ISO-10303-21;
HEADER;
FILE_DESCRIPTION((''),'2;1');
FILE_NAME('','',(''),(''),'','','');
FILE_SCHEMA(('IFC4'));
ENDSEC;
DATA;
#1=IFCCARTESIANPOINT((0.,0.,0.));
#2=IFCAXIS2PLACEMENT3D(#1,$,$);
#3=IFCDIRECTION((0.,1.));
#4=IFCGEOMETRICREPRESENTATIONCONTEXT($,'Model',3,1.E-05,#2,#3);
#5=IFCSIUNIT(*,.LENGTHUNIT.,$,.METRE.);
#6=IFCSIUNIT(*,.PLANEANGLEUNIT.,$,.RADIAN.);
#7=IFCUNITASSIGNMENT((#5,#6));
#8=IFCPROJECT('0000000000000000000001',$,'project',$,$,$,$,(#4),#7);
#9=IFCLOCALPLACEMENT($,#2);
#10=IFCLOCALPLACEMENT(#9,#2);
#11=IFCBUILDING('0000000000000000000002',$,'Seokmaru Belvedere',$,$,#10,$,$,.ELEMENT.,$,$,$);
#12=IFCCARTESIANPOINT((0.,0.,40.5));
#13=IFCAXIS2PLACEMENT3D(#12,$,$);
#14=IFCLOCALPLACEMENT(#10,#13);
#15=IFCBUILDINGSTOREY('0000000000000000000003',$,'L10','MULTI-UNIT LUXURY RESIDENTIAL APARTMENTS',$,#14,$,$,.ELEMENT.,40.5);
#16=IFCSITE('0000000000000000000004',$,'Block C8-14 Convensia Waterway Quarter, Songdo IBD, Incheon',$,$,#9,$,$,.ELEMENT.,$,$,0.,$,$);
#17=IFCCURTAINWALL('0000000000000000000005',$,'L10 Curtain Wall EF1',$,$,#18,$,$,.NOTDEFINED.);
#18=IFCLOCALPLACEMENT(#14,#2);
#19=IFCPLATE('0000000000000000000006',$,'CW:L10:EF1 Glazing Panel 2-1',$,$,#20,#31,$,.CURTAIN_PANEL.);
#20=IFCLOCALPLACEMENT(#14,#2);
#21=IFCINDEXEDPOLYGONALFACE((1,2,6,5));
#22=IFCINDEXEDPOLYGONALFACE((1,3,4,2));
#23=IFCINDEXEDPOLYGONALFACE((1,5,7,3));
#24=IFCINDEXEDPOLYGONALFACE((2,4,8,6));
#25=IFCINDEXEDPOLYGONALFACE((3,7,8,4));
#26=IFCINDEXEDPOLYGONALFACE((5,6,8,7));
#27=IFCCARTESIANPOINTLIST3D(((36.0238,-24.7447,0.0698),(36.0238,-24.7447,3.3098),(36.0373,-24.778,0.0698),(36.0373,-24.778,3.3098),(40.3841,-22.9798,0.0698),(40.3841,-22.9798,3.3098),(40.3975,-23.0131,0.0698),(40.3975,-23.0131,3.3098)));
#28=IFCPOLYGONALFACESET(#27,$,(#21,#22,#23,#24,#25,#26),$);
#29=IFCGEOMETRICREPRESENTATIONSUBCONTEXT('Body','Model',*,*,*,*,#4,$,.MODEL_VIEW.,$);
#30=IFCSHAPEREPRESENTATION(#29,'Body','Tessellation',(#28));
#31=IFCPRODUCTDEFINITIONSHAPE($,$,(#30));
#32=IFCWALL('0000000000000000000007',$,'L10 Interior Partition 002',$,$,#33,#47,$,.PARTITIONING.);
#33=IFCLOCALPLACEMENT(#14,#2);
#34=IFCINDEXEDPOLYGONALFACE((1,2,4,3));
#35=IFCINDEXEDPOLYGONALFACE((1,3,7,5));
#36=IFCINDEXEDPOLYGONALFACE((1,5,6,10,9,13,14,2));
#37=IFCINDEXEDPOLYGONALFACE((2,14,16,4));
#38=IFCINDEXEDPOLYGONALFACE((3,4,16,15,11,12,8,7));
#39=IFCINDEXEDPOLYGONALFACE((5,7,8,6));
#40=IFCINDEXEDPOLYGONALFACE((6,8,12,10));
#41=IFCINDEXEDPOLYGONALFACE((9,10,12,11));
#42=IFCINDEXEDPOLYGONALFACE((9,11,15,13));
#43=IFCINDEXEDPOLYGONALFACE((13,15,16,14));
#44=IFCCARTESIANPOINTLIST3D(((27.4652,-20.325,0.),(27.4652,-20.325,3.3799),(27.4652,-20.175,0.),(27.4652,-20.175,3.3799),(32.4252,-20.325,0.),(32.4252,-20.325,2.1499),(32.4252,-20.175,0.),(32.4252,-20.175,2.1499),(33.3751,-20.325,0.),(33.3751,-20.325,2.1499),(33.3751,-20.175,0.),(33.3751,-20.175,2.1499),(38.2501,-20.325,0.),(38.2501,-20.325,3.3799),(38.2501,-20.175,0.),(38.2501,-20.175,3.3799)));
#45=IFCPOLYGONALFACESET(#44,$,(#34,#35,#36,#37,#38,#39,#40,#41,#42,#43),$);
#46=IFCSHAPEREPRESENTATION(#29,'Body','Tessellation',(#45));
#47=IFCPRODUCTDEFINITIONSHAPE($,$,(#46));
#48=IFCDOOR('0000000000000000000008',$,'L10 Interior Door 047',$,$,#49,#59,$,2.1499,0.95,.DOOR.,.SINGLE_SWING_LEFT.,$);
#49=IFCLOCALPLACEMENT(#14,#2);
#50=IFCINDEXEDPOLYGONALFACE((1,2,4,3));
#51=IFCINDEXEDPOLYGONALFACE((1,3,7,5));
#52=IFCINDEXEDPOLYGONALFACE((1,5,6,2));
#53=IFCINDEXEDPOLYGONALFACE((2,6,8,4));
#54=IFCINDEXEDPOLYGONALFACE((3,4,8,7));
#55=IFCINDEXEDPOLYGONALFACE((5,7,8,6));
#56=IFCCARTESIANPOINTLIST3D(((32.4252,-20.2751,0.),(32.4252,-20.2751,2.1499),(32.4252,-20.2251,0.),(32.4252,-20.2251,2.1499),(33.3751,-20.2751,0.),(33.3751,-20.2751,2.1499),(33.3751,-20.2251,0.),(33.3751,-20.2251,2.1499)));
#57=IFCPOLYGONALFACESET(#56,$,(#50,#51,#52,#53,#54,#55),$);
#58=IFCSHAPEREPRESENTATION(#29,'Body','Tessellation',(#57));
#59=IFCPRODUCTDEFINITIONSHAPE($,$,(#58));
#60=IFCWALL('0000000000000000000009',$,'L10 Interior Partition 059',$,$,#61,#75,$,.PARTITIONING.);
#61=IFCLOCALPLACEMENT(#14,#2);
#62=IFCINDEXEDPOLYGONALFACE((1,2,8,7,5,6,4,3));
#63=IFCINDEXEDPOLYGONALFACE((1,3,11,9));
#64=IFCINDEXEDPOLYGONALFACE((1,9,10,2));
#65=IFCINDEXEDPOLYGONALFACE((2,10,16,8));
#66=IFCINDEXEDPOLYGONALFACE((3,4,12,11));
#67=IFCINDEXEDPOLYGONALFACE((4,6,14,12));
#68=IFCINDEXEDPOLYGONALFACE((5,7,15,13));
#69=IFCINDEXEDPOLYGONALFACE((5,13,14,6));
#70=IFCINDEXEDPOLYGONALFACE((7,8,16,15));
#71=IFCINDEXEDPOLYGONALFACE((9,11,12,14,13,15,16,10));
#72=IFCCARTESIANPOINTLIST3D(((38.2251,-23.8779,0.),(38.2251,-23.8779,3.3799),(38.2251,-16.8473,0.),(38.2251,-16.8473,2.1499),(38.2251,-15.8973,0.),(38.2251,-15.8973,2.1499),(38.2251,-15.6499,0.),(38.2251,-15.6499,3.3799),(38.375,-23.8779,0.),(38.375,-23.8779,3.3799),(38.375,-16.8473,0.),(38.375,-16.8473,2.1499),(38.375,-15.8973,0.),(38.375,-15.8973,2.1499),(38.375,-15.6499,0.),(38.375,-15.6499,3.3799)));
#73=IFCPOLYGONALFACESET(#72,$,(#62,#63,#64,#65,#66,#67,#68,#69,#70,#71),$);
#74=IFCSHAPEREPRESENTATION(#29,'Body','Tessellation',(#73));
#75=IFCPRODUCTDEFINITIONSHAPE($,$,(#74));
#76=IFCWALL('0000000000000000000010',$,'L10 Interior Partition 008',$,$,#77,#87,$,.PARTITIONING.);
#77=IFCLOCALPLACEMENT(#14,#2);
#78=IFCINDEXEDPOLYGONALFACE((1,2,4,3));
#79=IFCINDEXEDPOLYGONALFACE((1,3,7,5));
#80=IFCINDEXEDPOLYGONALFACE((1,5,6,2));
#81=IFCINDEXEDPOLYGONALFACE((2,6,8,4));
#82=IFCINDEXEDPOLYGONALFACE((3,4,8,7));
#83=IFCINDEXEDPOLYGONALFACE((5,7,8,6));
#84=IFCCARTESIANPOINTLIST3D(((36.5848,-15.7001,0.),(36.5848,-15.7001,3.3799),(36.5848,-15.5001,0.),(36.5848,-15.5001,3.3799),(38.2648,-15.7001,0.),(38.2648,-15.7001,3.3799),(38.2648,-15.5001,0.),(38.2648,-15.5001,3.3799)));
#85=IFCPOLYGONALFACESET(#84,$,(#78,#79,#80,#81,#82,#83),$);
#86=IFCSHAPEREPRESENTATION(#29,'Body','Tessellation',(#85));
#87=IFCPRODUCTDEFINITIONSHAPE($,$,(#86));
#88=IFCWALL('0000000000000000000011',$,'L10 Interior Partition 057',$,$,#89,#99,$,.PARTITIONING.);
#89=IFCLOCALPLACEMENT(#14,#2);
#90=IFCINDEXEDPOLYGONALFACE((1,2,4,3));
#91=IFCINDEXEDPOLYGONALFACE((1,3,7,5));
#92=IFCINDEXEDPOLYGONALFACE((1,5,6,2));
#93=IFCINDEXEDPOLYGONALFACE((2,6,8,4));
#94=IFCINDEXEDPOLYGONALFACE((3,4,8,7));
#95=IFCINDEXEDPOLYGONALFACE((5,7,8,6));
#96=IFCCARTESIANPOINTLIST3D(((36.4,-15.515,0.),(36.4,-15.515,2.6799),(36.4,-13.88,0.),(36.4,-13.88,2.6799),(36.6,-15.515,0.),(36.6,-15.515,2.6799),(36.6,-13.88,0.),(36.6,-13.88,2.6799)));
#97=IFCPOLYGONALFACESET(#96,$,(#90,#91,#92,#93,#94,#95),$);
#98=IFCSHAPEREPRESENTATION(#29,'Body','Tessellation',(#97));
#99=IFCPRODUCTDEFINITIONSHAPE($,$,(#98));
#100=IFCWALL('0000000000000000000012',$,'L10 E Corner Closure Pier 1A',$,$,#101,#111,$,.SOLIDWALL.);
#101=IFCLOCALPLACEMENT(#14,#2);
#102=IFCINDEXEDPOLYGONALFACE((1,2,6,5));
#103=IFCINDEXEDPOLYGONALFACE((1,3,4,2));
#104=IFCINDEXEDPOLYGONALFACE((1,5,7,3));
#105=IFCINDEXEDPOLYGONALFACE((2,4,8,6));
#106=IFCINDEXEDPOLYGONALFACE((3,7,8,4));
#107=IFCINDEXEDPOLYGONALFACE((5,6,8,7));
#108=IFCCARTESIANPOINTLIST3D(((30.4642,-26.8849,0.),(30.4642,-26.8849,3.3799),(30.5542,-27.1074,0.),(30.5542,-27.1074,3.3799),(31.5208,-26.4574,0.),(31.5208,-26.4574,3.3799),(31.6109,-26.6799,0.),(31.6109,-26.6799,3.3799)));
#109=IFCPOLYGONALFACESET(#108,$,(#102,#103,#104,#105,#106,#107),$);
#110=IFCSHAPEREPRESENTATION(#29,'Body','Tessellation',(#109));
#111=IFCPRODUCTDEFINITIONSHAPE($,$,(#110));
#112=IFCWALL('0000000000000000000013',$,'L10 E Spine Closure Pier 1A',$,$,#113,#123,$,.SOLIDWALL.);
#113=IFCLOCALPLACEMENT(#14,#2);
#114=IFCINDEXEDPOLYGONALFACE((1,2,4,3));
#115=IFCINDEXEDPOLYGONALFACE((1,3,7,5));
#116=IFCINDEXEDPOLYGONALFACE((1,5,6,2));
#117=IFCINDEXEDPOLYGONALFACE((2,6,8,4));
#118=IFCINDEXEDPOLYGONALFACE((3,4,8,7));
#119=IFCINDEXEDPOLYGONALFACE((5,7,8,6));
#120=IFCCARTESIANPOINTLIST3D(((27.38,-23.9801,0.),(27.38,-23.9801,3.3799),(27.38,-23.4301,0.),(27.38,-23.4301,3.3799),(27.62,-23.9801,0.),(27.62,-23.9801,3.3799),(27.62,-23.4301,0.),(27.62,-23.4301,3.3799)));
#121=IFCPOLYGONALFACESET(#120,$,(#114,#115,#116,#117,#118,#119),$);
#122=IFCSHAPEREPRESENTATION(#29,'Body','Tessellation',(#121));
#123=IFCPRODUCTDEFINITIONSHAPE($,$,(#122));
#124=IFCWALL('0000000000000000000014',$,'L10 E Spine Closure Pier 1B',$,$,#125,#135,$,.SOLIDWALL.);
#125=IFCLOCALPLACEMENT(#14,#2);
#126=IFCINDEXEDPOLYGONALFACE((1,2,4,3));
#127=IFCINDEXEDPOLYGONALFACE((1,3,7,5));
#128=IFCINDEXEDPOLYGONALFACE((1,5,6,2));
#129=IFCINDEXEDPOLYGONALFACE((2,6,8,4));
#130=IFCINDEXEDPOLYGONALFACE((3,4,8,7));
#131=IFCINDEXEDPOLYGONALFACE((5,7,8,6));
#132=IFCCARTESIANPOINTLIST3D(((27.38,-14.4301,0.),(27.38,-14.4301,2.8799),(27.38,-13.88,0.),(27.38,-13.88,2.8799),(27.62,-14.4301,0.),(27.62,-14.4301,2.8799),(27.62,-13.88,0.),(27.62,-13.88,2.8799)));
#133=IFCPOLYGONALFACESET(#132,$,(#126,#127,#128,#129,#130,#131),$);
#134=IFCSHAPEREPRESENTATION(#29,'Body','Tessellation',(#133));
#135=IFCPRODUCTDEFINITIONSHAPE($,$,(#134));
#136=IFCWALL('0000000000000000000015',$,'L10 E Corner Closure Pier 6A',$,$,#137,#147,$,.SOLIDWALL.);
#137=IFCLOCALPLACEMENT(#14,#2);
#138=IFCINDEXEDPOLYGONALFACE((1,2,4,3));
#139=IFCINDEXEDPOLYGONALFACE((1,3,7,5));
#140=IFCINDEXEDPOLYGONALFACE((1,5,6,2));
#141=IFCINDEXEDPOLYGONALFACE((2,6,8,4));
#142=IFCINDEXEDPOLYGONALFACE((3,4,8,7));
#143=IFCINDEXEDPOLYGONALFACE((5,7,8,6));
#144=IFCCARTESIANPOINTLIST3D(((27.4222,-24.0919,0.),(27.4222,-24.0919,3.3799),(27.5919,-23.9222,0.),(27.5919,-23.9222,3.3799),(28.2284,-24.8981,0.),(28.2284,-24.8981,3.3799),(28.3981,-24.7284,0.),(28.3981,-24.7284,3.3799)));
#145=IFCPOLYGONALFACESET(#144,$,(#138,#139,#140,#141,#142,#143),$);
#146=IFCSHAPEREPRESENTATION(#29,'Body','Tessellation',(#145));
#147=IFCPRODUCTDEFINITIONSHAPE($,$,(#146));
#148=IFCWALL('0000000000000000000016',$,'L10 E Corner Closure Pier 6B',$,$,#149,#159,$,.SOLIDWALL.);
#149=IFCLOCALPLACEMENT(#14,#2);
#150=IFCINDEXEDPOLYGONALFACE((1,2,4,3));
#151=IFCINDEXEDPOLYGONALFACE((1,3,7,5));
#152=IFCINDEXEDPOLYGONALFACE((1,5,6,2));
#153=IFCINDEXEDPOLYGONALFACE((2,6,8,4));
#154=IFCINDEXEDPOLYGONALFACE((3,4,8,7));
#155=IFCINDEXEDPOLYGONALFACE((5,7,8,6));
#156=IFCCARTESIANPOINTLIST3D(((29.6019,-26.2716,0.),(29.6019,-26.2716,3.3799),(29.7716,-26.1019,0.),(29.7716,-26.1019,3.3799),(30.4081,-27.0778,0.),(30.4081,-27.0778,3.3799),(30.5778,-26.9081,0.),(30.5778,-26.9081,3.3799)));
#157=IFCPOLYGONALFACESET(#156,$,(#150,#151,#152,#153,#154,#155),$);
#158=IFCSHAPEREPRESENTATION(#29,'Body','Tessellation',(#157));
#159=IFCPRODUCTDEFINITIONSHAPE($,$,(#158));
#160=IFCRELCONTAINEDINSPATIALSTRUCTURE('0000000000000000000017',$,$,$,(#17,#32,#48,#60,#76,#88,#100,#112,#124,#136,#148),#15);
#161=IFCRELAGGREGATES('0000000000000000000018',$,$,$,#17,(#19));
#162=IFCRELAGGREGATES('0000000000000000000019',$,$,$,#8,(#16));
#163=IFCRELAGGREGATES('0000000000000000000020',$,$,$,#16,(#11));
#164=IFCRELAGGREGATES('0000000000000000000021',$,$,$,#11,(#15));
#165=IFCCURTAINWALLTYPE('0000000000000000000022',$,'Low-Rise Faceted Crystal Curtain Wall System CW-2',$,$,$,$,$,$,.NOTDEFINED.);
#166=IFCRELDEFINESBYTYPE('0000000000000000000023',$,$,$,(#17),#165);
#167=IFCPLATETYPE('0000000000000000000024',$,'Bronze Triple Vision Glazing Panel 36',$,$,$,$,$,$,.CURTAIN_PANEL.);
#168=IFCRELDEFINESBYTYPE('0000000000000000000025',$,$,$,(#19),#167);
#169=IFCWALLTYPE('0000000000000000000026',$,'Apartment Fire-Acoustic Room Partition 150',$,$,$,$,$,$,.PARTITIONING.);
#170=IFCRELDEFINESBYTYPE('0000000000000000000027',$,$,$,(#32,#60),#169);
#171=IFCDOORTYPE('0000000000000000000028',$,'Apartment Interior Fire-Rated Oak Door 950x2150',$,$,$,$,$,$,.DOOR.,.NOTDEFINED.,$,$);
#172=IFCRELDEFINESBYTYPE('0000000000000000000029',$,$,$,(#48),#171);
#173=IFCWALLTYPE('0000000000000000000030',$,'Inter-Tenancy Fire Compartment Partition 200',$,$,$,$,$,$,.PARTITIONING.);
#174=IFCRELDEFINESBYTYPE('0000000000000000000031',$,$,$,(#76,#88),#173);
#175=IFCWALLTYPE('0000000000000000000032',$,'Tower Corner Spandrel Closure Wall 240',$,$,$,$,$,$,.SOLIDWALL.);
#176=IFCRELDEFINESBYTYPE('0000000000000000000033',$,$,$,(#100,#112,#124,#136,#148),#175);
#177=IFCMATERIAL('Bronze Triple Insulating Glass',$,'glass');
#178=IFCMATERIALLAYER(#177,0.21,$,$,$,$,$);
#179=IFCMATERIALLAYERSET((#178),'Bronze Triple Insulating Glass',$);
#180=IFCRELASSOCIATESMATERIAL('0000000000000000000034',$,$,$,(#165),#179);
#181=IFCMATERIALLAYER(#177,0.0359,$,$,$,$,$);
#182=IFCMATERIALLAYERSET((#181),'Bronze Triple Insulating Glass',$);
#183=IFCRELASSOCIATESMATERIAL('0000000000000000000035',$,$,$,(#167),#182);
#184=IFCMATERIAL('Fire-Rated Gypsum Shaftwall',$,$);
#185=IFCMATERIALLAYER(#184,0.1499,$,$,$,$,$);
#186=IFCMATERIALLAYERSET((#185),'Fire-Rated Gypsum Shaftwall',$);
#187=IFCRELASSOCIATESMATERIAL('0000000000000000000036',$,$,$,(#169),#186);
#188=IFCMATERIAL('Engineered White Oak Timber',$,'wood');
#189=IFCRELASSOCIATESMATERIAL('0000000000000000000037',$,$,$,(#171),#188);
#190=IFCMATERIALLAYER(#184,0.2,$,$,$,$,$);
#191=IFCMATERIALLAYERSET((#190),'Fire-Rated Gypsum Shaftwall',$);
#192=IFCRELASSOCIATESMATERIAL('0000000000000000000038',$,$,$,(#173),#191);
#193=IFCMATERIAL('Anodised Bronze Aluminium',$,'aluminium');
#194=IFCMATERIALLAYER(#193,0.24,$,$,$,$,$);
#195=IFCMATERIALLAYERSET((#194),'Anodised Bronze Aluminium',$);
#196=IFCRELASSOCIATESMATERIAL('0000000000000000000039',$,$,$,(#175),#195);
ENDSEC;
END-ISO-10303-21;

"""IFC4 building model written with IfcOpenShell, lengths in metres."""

from ifc_helpers import new_model, si_unit, direction, frame, frame_2d, origin, origin_2d, place, context, subcontext, project, spatial, rectangle, extrude, source, transform, mapped, material, layer, layer_set, type_object, type_shapes, element, fill, aggregate, save


model = new_model("IFC4")

# Units and contexts
model_context = context("Model", 3, precision=1e-05, world=origin(), true_north=direction((0.0, 1.0)))
body_context = subcontext(model_context, "Body", "Model", "MODEL_VIEW")
ifc_project = project(units=[si_unit("LENGTHUNIT", "METRE"), si_unit("PLANEANGLEUNIT", "RADIAN")], contexts=[model_context])

# Site, building, storey
site_placement = place(None, origin())
site = spatial("IfcSite", under=ifc_project, at=site_placement, Name="Block C8-14 Convensia Waterway Quarter, Songdo IBD, Incheon", CompositionType="ELEMENT", RefElevation=0.0)
building_placement = place(site_placement, origin())
building = spatial("IfcBuilding", under=site, at=building_placement, Name="Seokmaru Belvedere", CompositionType="ELEMENT")
storey_placement = place(building_placement, frame((0.0, 0.0, 40.5)))
storey = spatial("IfcBuildingStorey", under=building, at=storey_placement, Name="L10", Description="MULTI-UNIT LUXURY RESIDENTIAL APARTMENTS", CompositionType="ELEMENT", Elevation=40.5)

# Curtain wall
ifc_material_1 = material(Name="Bronze Triple Insulating Glass", Category="glass")
ifc_layer_1 = layer(ifc_material_1, 0.21)
ifc_layer_set_1 = layer_set([ifc_layer_1], Name="Bronze Triple Insulating Glass")
curtain_wall_type = type_object("IfcCurtainWallType", Name="Low-Rise Faceted Crystal Curtain Wall System CW-2", PredefinedType="NOTDEFINED", material=ifc_layer_set_1)
ifc_material_2 = material(Name="Anodised Bronze Aluminium", Category="aluminium")
curtain_wall_1_placement = place(storey_placement, origin())
curtain_wall_1 = element("IfcCurtainWall", 1, at=curtain_wall_1_placement, inside=storey, type_object=curtain_wall_type, Name="L10 Curtain Wall EF1", PredefinedType="NOTDEFINED")

# Plate
ifc_layer_2 = layer(ifc_material_1, 0.0359)
ifc_layer_set_2 = layer_set([ifc_layer_2], Name="Bronze Triple Insulating Glass")
plate_type = type_object("IfcPlateType", Name="Bronze Triple Vision Glazing Panel 36", PredefinedType="CURTAIN_PANEL", material=ifc_layer_set_2)
shared_shape_1 = source(origin(), body_context, "Body", "SweptSolid", [
    extrude(rectangle(XDim=4.7039, YDim=0.0359, at=origin_2d()), origin(), (0.0, 0.0, 1.0), 3.24),
])
plate_1_placement = place(storey_placement, frame((38.2107, -23.8789, 0.0698), z_axis=(0.0, 0.0, 1.0), x_axis=(0.926947, 0.375192, 0.0)))
plate_1 = element("IfcPlate", 2, at=plate_1_placement, type_object=plate_type, Name="CW:L10:EF1 Glazing Panel 2-1", PredefinedType="CURTAIN_PANEL", context=body_context, shape_type="MappedRepresentation", body=[
    mapped(shared_shape_1, transform((0.0, 0.0, 0.0), scale=1.0)),
])
aggregate(curtain_wall_1, [plate_1])

# Wall, opening, door
ifc_material_3 = material(Name="Fire-Rated Gypsum Shaftwall")
ifc_layer_3 = layer(ifc_material_3, 0.1499)
ifc_layer_set_3 = layer_set([ifc_layer_3], Name="Fire-Rated Gypsum Shaftwall")
wall_type_1 = type_object("IfcWallType", Name="Apartment Fire-Acoustic Room Partition 150", PredefinedType="PARTITIONING", material=ifc_layer_set_3)
wall_1_placement = place(storey_placement, frame((27.4651, -20.25, 0.0), z_axis=(0.0, 0.0, 1.0), x_axis=(1.0, 0.0, 0.0)))
wall_1 = element("IfcWall", 3, at=wall_1_placement, inside=storey, type_object=wall_type_1, Name="L10 Interior Partition 002", PredefinedType="PARTITIONING", context=body_context, shape_type="SweptSolid", body=[
    extrude(rectangle(XDim=10.7849, YDim=0.1499, at=frame_2d((5.3926, 0.0))), origin(), (0.0, 0.0, 1.0), 3.3799),
])
opening_1_placement = place(wall_1_placement, frame((4.96, 0.0, 0.0)))
opening_1 = element("IfcOpeningElement", 4, at=opening_1_placement, cuts=wall_1, PredefinedType="OPENING", context=body_context, shape_type="SweptSolid", body=[
    extrude(rectangle(XDim=0.95, YDim=2.1499, at=frame_2d((0.4751, 1.075))), frame((0.0, 0.085, 0.0), z_axis=(0.0, -1.0, 0.0), x_axis=(1.0, 0.0, 0.0)), (0.0, 0.0, 1.0), 0.1699),
])
ifc_material_4 = material(Name="Engineered White Oak Timber", Category="wood")
door_type = type_object("IfcDoorType", Name="Apartment Interior Fire-Rated Oak Door 950x2150", OperationType="NOTDEFINED", PredefinedType="DOOR", material=ifc_material_4)
shared_shape_2 = source(origin(), body_context, "Body", "SweptSolid", [
    extrude(rectangle(XDim=0.95, YDim=2.1499, at=frame_2d((0.4751, 1.075))), frame((0.0, 0.0249, 0.0), z_axis=(0.0, -1.0, 0.0), x_axis=(1.0, 0.0, 0.0)), (0.0, 0.0, 1.0), 0.05),
])
type_shapes(door_type, [shared_shape_2])
door_placement = place(opening_1_placement, origin())
door = element("IfcDoor", 5, at=door_placement, inside=storey, type_object=door_type, Name="L10 Interior Door 047", OperationType="SINGLE_SWING_LEFT", OverallHeight=2.1499, OverallWidth=0.95, PredefinedType="DOOR", context=body_context, shape_type="MappedRepresentation", body=[
    mapped(shared_shape_2, transform((0.0, 0.0, 0.0), scale=1.0)),
])
fill(opening_1, door)

# Wall, opening
wall_2_placement = place(storey_placement, frame((38.3, -23.8779, 0.0), z_axis=(0.0, 0.0, 1.0), x_axis=(0.0, 1.0, 0.0)))
wall_2 = element("IfcWall", 6, at=wall_2_placement, inside=storey, type_object=wall_type_1, Name="L10 Interior Partition 059", PredefinedType="PARTITIONING", context=body_context, shape_type="SweptSolid", body=[
    extrude(rectangle(XDim=8.228, YDim=0.1499, at=frame_2d((4.114, 0.0))), origin(), (0.0, 0.0, 1.0), 3.3799),
])
opening_2_placement = place(wall_2_placement, frame((7.0305, 0.0, 0.0)))
element("IfcOpeningElement", 7, at=opening_2_placement, cuts=wall_2, PredefinedType="OPENING", context=body_context, shape_type="SweptSolid", body=[
    extrude(rectangle(XDim=0.95, YDim=2.1499, at=frame_2d((0.4751, 1.075))), frame((0.0, 0.085, 0.0), z_axis=(0.0, -1.0, 0.0), x_axis=(1.0, 0.0, 0.0)), (0.0, 0.0, 1.0), 0.1699),
])

# Walls
ifc_layer_4 = layer(ifc_material_3, 0.2)
ifc_layer_set_4 = layer_set([ifc_layer_4], Name="Fire-Rated Gypsum Shaftwall")
wall_type_2 = type_object("IfcWallType", Name="Inter-Tenancy Fire Compartment Partition 200", PredefinedType="PARTITIONING", material=ifc_layer_set_4)
wall_3_placement = place(storey_placement, frame((36.585, -15.6001, 0.0), z_axis=(0.0, 0.0, 1.0), x_axis=(1.0, 0.0, 0.0)))
element("IfcWall", 8, at=wall_3_placement, inside=storey, type_object=wall_type_2, Name="L10 Interior Partition 008", PredefinedType="PARTITIONING", context=body_context, shape_type="SweptSolid", body=[
    extrude(rectangle(XDim=1.6799, YDim=0.2, at=frame_2d((0.8398, 0.0))), origin(), (0.0, 0.0, 1.0), 3.3799),
])
wall_4_placement = place(storey_placement, frame((36.5, -15.5149, 0.0), z_axis=(0.0, 0.0, 1.0), x_axis=(0.0, 1.0, 0.0)))
element("IfcWall", 9, at=wall_4_placement, inside=storey, type_object=wall_type_2, Name="L10 Interior Partition 057", PredefinedType="PARTITIONING", context=body_context, shape_type="SweptSolid", body=[
    extrude(rectangle(XDim=1.635, YDim=0.2, at=frame_2d((0.8174, 0.0))), origin(), (0.0, 0.0, 1.0), 2.6799),
])
ifc_layer_5 = layer(ifc_material_2, 0.24)
ifc_layer_set_5 = layer_set([ifc_layer_5], Name="Anodised Bronze Aluminium")
wall_type_3 = type_object("IfcWallType", Name="Tower Corner Spandrel Closure Wall 240", PredefinedType="SOLIDWALL", material=ifc_layer_set_5)
wall_5_placement = place(storey_placement, frame((30.5093, -26.9961, 0.0), z_axis=(0.0, 0.0, 1.0), x_axis=(0.927007, 0.375044, 0.0)))
element("IfcWall", 10, at=wall_5_placement, inside=storey, type_object=wall_type_3, Name="L10 E Corner Closure Pier 1A", PredefinedType="SOLIDWALL", context=body_context, shape_type="SweptSolid", body=[
    extrude(rectangle(XDim=1.1399, YDim=0.24, at=frame_2d((0.5698, 0.0))), origin(), (0.0, 0.0, 1.0), 3.3799),
])
wall_6_placement = place(storey_placement, frame((27.5, -23.98, 0.0), z_axis=(0.0, 0.0, 1.0), x_axis=(0.0, 1.0, 0.0)))
element("IfcWall", 11, at=wall_6_placement, inside=storey, type_object=wall_type_3, Name="L10 E Spine Closure Pier 1A", PredefinedType="SOLIDWALL", context=body_context, shape_type="SweptSolid", body=[
    extrude(rectangle(XDim=0.55, YDim=0.24, at=frame_2d((0.2749, 0.0))), origin(), (0.0, 0.0, 1.0), 3.3799),
])
wall_7_placement = place(storey_placement, frame((27.5, -14.4299, 0.0), z_axis=(0.0, 0.0, 1.0), x_axis=(0.0, 1.0, 0.0)))
element("IfcWall", 12, at=wall_7_placement, inside=storey, type_object=wall_type_3, Name="L10 E Spine Closure Pier 1B", PredefinedType="SOLIDWALL", context=body_context, shape_type="SweptSolid", body=[
    extrude(rectangle(XDim=0.55, YDim=0.24, at=frame_2d((0.2749, 0.0))), origin(), (0.0, 0.0, 1.0), 2.8799),
])
for number, where, z_axis, x_axis, name in (
    (13, (27.5071, -24.0071, 0.0), (0.0, 0.0, 1.0), (0.707107, -0.707107, 0.0), "L10 E Corner Closure Pier 6A"),
    (14, (29.6868, -26.1868, 0.0), (0.0, 0.0, 1.0), (0.707107, -0.707107, 0.0), "L10 E Corner Closure Pier 6B"),
):
    element("IfcWall", number, at=place(storey_placement, frame(where, z_axis=z_axis, x_axis=x_axis)), inside=storey, type_object=wall_type_3, Name=name, PredefinedType="SOLIDWALL", context=body_context, shape_type="SweptSolid", body=[
        extrude(rectangle(XDim=1.1401, YDim=0.24, at=frame_2d((0.5701, 0.0))), origin(), (0.0, 0.0, 1.0), 3.3799),
    ])

save(model, "model.ifc")
